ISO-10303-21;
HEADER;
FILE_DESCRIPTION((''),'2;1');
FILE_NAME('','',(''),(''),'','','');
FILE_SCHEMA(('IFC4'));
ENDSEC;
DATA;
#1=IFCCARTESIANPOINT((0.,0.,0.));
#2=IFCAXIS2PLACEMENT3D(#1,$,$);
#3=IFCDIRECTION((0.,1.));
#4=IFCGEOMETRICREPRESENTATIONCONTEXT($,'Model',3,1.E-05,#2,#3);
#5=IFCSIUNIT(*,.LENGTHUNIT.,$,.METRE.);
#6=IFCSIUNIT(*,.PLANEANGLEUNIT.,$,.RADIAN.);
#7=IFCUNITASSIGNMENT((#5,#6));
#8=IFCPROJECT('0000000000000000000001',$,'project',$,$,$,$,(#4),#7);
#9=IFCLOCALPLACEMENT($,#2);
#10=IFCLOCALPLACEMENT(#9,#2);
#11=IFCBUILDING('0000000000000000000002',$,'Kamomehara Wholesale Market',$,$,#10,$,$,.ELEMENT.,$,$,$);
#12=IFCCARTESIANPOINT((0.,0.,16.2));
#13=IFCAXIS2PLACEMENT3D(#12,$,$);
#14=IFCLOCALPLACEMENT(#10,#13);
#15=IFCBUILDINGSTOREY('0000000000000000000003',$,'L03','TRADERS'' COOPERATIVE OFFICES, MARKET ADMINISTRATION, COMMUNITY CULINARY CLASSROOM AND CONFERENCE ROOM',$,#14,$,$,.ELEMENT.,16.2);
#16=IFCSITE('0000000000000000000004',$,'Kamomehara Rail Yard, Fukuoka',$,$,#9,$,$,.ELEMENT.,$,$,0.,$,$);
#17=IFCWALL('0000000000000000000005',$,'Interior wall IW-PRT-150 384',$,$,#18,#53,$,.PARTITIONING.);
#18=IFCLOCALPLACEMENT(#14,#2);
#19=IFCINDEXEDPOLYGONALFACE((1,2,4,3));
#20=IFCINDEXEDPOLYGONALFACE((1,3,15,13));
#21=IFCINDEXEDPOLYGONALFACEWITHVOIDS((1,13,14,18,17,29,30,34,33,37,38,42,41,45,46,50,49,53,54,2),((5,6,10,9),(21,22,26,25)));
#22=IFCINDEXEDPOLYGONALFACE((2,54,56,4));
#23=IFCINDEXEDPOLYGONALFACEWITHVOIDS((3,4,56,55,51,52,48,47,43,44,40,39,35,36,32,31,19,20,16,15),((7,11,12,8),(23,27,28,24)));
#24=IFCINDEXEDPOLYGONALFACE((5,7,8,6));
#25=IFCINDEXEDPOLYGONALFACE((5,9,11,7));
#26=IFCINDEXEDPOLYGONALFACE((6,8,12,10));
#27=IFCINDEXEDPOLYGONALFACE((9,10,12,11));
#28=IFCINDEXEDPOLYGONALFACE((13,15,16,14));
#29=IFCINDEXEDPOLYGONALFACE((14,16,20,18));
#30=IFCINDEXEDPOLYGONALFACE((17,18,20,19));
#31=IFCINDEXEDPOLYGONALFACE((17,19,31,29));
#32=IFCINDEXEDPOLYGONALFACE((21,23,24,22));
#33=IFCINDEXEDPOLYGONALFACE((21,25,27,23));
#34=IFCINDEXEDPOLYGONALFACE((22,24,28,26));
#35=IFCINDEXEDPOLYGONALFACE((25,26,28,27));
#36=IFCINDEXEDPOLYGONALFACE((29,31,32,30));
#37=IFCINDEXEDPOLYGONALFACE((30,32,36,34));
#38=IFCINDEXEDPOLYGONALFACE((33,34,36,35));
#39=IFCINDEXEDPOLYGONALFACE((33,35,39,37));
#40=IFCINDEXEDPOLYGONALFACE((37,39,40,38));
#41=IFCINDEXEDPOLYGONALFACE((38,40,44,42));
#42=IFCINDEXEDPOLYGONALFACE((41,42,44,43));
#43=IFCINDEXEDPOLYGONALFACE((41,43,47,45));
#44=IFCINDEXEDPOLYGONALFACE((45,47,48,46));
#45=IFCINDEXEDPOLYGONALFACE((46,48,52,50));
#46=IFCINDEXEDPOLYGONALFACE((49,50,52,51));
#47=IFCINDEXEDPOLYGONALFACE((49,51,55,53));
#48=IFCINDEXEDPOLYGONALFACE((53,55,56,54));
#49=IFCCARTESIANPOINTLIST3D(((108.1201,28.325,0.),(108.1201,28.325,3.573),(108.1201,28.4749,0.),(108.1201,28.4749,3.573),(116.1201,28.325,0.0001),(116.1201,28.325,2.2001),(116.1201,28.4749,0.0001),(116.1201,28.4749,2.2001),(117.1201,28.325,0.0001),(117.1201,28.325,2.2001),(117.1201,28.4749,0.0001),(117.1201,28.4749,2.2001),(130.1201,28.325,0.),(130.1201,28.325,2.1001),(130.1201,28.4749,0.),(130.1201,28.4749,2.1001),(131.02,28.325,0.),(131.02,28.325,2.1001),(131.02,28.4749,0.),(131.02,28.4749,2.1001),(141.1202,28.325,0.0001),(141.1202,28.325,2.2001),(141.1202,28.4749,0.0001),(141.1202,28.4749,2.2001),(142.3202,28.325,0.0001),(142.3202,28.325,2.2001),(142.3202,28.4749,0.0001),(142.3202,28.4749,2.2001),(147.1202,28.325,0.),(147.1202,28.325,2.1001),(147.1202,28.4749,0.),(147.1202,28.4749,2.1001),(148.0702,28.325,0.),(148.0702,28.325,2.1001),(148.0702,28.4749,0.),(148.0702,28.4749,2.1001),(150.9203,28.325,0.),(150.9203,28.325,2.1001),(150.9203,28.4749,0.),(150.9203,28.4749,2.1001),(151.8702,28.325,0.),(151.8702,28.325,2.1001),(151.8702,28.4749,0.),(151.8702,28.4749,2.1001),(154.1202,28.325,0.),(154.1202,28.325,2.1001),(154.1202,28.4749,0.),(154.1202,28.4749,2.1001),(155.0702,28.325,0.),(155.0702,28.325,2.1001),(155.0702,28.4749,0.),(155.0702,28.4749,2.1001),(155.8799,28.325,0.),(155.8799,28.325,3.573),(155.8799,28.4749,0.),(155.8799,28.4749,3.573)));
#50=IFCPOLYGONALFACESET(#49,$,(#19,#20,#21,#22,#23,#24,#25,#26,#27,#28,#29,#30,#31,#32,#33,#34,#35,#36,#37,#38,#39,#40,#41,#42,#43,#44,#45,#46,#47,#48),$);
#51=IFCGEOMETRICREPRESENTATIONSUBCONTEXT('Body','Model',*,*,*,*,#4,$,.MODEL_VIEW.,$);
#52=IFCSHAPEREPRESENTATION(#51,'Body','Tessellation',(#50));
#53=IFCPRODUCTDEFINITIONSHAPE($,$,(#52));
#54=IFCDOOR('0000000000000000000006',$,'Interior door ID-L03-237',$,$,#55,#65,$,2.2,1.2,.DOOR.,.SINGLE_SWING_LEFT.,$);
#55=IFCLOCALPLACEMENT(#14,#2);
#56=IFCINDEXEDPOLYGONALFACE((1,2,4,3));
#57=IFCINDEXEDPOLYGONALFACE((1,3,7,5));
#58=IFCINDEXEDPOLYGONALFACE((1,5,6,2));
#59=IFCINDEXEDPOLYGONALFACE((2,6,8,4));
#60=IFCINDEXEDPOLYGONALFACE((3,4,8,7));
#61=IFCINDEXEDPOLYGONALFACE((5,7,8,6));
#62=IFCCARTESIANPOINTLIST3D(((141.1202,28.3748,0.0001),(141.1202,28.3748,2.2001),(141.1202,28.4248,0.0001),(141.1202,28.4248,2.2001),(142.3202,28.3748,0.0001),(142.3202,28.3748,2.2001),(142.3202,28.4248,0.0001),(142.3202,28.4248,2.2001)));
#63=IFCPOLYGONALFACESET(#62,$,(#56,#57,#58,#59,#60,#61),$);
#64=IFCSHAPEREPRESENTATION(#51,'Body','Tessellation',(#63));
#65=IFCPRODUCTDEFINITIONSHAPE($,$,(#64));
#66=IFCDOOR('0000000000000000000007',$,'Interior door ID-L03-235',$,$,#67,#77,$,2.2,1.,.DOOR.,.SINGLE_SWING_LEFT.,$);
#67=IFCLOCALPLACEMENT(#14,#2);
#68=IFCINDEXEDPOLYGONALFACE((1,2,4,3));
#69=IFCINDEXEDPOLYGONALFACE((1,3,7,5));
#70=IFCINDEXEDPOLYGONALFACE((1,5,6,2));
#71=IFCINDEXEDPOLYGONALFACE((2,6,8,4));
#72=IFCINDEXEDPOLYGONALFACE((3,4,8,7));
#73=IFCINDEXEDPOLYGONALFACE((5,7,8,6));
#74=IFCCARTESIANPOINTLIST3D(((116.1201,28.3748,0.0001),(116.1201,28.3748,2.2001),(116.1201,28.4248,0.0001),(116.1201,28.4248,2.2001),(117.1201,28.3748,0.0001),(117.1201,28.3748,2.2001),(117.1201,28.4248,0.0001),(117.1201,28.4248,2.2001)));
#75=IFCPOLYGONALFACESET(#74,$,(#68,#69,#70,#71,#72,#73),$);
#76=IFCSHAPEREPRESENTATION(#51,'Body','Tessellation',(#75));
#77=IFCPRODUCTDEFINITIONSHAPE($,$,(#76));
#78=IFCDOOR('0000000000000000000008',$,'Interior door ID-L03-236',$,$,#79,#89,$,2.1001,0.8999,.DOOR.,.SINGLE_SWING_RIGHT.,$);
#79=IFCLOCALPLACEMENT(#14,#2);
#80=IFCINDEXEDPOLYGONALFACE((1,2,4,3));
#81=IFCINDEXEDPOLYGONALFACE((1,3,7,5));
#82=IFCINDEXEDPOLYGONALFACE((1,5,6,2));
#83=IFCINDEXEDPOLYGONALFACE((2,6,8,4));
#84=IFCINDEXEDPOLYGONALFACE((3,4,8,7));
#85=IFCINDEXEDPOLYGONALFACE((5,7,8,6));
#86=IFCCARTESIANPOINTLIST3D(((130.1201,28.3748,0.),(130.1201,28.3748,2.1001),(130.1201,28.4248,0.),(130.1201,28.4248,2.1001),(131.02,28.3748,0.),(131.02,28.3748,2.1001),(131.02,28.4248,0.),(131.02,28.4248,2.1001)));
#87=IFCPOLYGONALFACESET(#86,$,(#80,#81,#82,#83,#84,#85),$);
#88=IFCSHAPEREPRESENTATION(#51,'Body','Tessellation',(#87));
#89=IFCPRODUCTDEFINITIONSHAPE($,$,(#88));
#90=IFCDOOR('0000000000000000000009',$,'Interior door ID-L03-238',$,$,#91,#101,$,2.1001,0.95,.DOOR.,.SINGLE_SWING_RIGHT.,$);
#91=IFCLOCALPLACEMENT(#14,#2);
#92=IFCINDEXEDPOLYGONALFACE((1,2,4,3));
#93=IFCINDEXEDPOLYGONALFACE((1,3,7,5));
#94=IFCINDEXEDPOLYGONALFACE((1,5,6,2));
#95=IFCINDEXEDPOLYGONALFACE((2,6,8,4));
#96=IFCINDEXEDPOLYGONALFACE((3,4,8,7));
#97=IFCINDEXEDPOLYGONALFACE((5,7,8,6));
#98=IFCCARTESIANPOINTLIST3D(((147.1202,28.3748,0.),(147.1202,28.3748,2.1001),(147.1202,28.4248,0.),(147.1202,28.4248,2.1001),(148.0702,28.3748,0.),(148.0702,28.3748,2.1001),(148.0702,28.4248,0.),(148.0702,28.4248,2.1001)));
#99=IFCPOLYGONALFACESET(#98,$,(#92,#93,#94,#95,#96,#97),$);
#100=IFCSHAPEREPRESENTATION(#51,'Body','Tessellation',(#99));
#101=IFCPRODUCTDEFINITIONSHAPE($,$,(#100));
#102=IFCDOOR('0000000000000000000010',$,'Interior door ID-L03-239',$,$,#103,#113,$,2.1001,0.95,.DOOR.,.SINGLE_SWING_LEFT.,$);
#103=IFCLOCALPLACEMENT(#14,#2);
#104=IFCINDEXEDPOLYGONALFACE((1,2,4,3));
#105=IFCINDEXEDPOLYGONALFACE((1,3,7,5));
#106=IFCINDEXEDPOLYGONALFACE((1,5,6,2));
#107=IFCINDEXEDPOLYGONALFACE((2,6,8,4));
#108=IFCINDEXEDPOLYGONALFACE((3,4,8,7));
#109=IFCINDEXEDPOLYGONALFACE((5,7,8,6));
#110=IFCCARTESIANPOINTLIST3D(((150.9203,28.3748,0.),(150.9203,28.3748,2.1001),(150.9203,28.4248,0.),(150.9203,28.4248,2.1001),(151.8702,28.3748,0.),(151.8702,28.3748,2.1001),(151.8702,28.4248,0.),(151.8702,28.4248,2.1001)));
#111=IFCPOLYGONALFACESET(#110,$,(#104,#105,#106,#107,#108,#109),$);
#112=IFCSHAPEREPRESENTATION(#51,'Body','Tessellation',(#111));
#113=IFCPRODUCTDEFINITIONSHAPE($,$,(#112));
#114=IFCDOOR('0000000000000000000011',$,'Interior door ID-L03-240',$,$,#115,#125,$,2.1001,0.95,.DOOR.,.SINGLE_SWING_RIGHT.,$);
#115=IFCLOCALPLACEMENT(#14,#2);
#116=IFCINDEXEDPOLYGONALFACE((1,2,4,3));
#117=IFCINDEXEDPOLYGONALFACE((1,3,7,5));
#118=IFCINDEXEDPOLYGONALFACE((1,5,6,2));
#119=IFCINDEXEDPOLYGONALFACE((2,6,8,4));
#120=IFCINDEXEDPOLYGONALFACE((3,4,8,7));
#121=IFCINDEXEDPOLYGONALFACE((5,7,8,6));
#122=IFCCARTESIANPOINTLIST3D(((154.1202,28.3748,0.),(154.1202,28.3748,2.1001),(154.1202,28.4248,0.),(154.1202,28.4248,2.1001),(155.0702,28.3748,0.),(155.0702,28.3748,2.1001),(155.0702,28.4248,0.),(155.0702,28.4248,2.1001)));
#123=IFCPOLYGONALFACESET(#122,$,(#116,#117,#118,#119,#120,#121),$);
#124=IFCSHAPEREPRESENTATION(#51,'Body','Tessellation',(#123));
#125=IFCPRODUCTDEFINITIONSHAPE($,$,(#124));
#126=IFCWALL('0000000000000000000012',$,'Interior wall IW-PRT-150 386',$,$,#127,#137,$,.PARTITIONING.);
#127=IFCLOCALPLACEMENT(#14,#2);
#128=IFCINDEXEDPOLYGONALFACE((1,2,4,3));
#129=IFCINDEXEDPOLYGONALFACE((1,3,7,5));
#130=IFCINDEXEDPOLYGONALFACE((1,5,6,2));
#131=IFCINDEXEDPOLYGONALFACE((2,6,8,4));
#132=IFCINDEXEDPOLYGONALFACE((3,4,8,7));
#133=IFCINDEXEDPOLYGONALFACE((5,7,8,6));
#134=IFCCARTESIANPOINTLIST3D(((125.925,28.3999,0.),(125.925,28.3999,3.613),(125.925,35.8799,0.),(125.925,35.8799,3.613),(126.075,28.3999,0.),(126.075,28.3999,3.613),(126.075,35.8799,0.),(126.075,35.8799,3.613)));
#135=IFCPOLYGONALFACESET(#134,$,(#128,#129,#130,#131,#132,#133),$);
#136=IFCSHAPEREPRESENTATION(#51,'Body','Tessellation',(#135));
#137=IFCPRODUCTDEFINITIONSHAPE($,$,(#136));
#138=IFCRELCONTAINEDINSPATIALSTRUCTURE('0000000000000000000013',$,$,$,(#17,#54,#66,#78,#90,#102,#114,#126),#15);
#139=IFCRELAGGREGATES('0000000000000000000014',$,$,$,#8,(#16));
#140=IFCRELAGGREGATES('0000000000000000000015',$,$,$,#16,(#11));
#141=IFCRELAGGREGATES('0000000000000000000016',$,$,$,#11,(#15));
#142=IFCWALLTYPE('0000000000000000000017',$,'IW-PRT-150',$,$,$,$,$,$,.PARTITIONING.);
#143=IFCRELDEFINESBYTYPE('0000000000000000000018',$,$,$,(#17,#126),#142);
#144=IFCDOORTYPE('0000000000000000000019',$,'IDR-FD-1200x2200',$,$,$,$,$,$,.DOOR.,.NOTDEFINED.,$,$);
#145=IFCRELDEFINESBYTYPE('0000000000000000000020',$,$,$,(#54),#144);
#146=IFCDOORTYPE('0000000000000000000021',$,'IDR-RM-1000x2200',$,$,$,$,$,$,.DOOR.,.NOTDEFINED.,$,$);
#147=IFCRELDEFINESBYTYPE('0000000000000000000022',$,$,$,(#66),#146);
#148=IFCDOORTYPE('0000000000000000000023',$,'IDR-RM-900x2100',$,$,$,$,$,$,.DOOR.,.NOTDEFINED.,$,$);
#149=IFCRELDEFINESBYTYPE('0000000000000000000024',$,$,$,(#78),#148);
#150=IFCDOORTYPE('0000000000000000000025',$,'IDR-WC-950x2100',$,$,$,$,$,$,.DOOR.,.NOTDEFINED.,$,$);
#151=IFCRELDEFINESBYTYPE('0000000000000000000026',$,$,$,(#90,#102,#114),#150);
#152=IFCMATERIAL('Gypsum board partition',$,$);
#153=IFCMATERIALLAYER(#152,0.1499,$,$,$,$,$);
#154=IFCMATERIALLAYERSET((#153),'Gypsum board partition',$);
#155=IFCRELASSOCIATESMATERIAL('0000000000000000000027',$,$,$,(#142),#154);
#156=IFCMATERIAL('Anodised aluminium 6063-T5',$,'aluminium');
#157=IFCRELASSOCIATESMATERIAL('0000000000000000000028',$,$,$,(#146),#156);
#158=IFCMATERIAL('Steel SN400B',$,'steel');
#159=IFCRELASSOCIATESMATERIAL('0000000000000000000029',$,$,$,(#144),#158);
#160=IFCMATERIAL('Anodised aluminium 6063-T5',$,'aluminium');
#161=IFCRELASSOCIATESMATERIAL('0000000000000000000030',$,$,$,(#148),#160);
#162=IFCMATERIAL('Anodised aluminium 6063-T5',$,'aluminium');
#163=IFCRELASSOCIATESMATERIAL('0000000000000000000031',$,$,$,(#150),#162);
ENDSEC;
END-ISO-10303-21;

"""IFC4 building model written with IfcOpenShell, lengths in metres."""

from ifc_helpers import new_model, si_unit, direction, frame, frame_2d, origin, place, context, subcontext, project, spatial, rectangle, extrude, material, layer, layer_set, type_object, element, fill, save


model = new_model("IFC4")

# Units and contexts
model_context = context("Model", 3, precision=1e-05, world=origin(), true_north=direction((0.0, 1.0)))
body_context = subcontext(model_context, "Body", "Model", "MODEL_VIEW")
ifc_project = project(units=[si_unit("LENGTHUNIT", "METRE"), si_unit("PLANEANGLEUNIT", "RADIAN")], contexts=[model_context])

# Site, building, storey
site_placement = place(None, origin())
site = spatial("IfcSite", under=ifc_project, at=site_placement, Name="Kamomehara Rail Yard, Fukuoka", CompositionType="ELEMENT", RefElevation=0.0)
building_placement = place(site_placement, origin())
building = spatial("IfcBuilding", under=site, at=building_placement, Name="Kamomehara Wholesale Market", CompositionType="ELEMENT")
storey_placement = place(building_placement, frame((0.0, 0.0, 16.2)))
storey = spatial("IfcBuildingStorey", under=building, at=storey_placement, Name="L03", Description="TRADERS' COOPERATIVE OFFICES, MARKET ADMINISTRATION, COMMUNITY CULINARY CLASSROOM AND CONFERENCE ROOM", CompositionType="ELEMENT", Elevation=16.2)

# Wall, openings, doors
ifc_material_1 = material(Name="Gypsum board partition")
ifc_layer_1 = layer(ifc_material_1, 0.1499)
ifc_layer_set_1 = layer_set([ifc_layer_1], Name="Gypsum board partition")
wall_type_1 = type_object("IfcWallType", Name="IW-PRT-150", PredefinedType="PARTITIONING", material=ifc_layer_set_1)
ifc_material_2 = material(Name="Anodised aluminium 6063-T5", Category="aluminium")
door_type_1 = type_object("IfcDoorType", Name="IDR-RM-1000x2200", OperationType="NOTDEFINED", PredefinedType="DOOR", material=ifc_material_2)
wall_1_placement = place(storey_placement, frame((108.1201, 28.3999, 0.0), z_axis=(0.0, 0.0, 1.0), x_axis=(1.0, 0.0, 0.0)))
wall_1 = element("IfcWall", 1, at=wall_1_placement, inside=storey, type_object=wall_type_1, Name="Interior wall IW-PRT-150 384", PredefinedType="PARTITIONING", context=body_context, shape_type="SweptSolid", body=[
    extrude(rectangle(XDim=47.7598, YDim=0.1499, at=frame_2d((23.8799, 0.0))), origin(), (0.0, 0.0, 1.0), 3.573),
])
opening_1_placement = place(wall_1_placement, frame((8.0, 0.0, 0.0)))
opening_1 = element("IfcOpeningElement", 2, at=opening_1_placement, cuts=wall_1, PredefinedType="OPENING", context=body_context, shape_type="SweptSolid", body=[
    extrude(rectangle(XDim=1.0, YDim=2.2, at=frame_2d((0.5, 1.1001))), frame((0.0, 0.0898, 0.0), z_axis=(0.0, -1.0, 0.0), x_axis=(1.0, 0.0, 0.0)), (0.0, 0.0, 1.0), 0.1797),
])
opening_2_placement = place(wall_1_placement, frame((22.0, 0.0, 0.0)))
opening_2 = element("IfcOpeningElement", 3, at=opening_2_placement, cuts=wall_1, PredefinedType="OPENING", context=body_context, shape_type="SweptSolid", body=[
    extrude(rectangle(XDim=0.8999, YDim=2.1001, at=frame_2d((0.45, 1.05))), frame((0.0, 0.0898, 0.0), z_axis=(0.0, -1.0, 0.0), x_axis=(1.0, 0.0, 0.0)), (0.0, 0.0, 1.0), 0.1797),
])
opening_3_placement = place(wall_1_placement, frame((33.0, 0.0, 0.0)))
opening_3 = element("IfcOpeningElement", 4, at=opening_3_placement, cuts=wall_1, PredefinedType="OPENING", context=body_context, shape_type="SweptSolid", body=[
    extrude(rectangle(XDim=1.2, YDim=2.2, at=frame_2d((0.6001, 1.1001))), frame((0.0, 0.0898, 0.0), z_axis=(0.0, -1.0, 0.0), x_axis=(1.0, 0.0, 0.0)), (0.0, 0.0, 1.0), 0.1797),
])
opening_4_placement = place(wall_1_placement, frame((39.0, 0.0, 0.0)))
opening_4 = element("IfcOpeningElement", 5, at=opening_4_placement, cuts=wall_1, PredefinedType="OPENING", context=body_context, shape_type="SweptSolid", body=[
    extrude(rectangle(XDim=0.95, YDim=2.1001, at=frame_2d((0.4751, 1.05))), frame((0.0, 0.0898, 0.0), z_axis=(0.0, -1.0, 0.0), x_axis=(1.0, 0.0, 0.0)), (0.0, 0.0, 1.0), 0.1797),
])
opening_5_placement = place(wall_1_placement, frame((42.8, 0.0, 0.0)))
opening_5 = element("IfcOpeningElement", 6, at=opening_5_placement, cuts=wall_1, PredefinedType="OPENING", context=body_context, shape_type="SweptSolid", body=[
    extrude(rectangle(XDim=0.95, YDim=2.1001, at=frame_2d((0.4751, 1.05))), frame((0.0, 0.0898, 0.0), z_axis=(0.0, -1.0, 0.0), x_axis=(1.0, 0.0, 0.0)), (0.0, 0.0, 1.0), 0.1797),
])
opening_6_placement = place(wall_1_placement, frame((46.0, 0.0, 0.0)))
opening_6 = element("IfcOpeningElement", 7, at=opening_6_placement, cuts=wall_1, PredefinedType="OPENING", context=body_context, shape_type="SweptSolid", body=[
    extrude(rectangle(XDim=0.95, YDim=2.1001, at=frame_2d((0.4751, 1.05))), frame((0.0, 0.0898, 0.0), z_axis=(0.0, -1.0, 0.0), x_axis=(1.0, 0.0, 0.0)), (0.0, 0.0, 1.0), 0.1797),
])
ifc_material_3 = material(Name="Steel SN400B", Category="steel")
door_type_2 = type_object("IfcDoorType", Name="IDR-FD-1200x2200", OperationType="NOTDEFINED", PredefinedType="DOOR", material=ifc_material_3)
door_1_placement = place(opening_3_placement, origin())
door_1 = element("IfcDoor", 8, at=door_1_placement, inside=storey, type_object=door_type_2, Name="Interior door ID-L03-237", OperationType="SINGLE_SWING_LEFT", OverallHeight=2.2, OverallWidth=1.2, PredefinedType="DOOR", context=body_context, shape_type="SweptSolid", body=[
    extrude(rectangle(XDim=1.2, YDim=2.2, at=frame_2d((0.6001, 1.1001))), frame((0.0, 0.0249, 0.0), z_axis=(0.0, -1.0, 0.0), x_axis=(1.0, 0.0, 0.0)), (0.0, 0.0, 1.0), 0.05),
])
fill(opening_3, door_1)
door_2_placement = place(opening_1_placement, origin())
door_2 = element("IfcDoor", 9, at=door_2_placement, inside=storey, type_object=door_type_1, Name="Interior door ID-L03-235", OperationType="SINGLE_SWING_LEFT", OverallHeight=2.2, OverallWidth=1.0, PredefinedType="DOOR", context=body_context, shape_type="SweptSolid", body=[
    extrude(rectangle(XDim=1.0, YDim=2.2, at=frame_2d((0.5, 1.1001))), frame((0.0, 0.0249, 0.0), z_axis=(0.0, -1.0, 0.0), x_axis=(1.0, 0.0, 0.0)), (0.0, 0.0, 1.0), 0.05),
])
fill(opening_1, door_2)
ifc_material_4 = material(Name="Anodised aluminium 6063-T5", Category="aluminium")
door_type_3 = type_object("IfcDoorType", Name="IDR-RM-900x2100", OperationType="NOTDEFINED", PredefinedType="DOOR", material=ifc_material_4)
door_3_placement = place(opening_2_placement, origin())
door_3 = element("IfcDoor", 10, at=door_3_placement, inside=storey, type_object=door_type_3, Name="Interior door ID-L03-236", OperationType="SINGLE_SWING_RIGHT", OverallHeight=2.1001, OverallWidth=0.8999, PredefinedType="DOOR", context=body_context, shape_type="SweptSolid", body=[
    extrude(rectangle(XDim=0.8999, YDim=2.1001, at=frame_2d((0.45, 1.05))), frame((0.0, 0.0249, 0.0), z_axis=(0.0, -1.0, 0.0), x_axis=(1.0, 0.0, 0.0)), (0.0, 0.0, 1.0), 0.05),
])
fill(opening_2, door_3)
ifc_material_5 = material(Name="Anodised aluminium 6063-T5", Category="aluminium")
door_type_4 = type_object("IfcDoorType", Name="IDR-WC-950x2100", OperationType="NOTDEFINED", PredefinedType="DOOR", material=ifc_material_5)
door_4_placement = place(opening_4_placement, origin())
door_4 = element("IfcDoor", 11, at=door_4_placement, inside=storey, type_object=door_type_4, Name="Interior door ID-L03-238", OperationType="SINGLE_SWING_RIGHT", OverallHeight=2.1001, OverallWidth=0.95, PredefinedType="DOOR", context=body_context, shape_type="SweptSolid", body=[
    extrude(rectangle(XDim=0.95, YDim=2.1001, at=frame_2d((0.4751, 1.05))), frame((0.0, 0.0249, 0.0), z_axis=(0.0, -1.0, 0.0), x_axis=(1.0, 0.0, 0.0)), (0.0, 0.0, 1.0), 0.05),
])
fill(opening_4, door_4)
door_5_placement = place(opening_5_placement, origin())
door_5 = element("IfcDoor", 12, at=door_5_placement, inside=storey, type_object=door_type_4, Name="Interior door ID-L03-239", OperationType="SINGLE_SWING_LEFT", OverallHeight=2.1001, OverallWidth=0.95, PredefinedType="DOOR", context=body_context, shape_type="SweptSolid", body=[
    extrude(rectangle(XDim=0.95, YDim=2.1001, at=frame_2d((0.4751, 1.05))), frame((0.0, 0.0249, 0.0), z_axis=(0.0, -1.0, 0.0), x_axis=(1.0, 0.0, 0.0)), (0.0, 0.0, 1.0), 0.05),
])
fill(opening_5, door_5)
door_6_placement = place(opening_6_placement, origin())
door_6 = element("IfcDoor", 13, at=door_6_placement, inside=storey, type_object=door_type_4, Name="Interior door ID-L03-240", OperationType="SINGLE_SWING_RIGHT", OverallHeight=2.1001, OverallWidth=0.95, PredefinedType="DOOR", context=body_context, shape_type="SweptSolid", body=[
    extrude(rectangle(XDim=0.95, YDim=2.1001, at=frame_2d((0.4751, 1.05))), frame((0.0, 0.0249, 0.0), z_axis=(0.0, -1.0, 0.0), x_axis=(1.0, 0.0, 0.0)), (0.0, 0.0, 1.0), 0.05),
])
fill(opening_6, door_6)

# Wall
wall_2_placement = place(storey_placement, frame((126.0, 28.3999, 0.0), z_axis=(0.0, 0.0, 1.0), x_axis=(0.0, 1.0, 0.0)))
element("IfcWall", 14, at=wall_2_placement, inside=storey, type_object=wall_type_1, Name="Interior wall IW-PRT-150 386", PredefinedType="PARTITIONING", context=body_context, shape_type="SweptSolid", body=[
    extrude(rectangle(XDim=7.48, YDim=0.1499, at=frame_2d((3.74, 0.0))), origin(), (0.0, 0.0, 1.0), 3.613),
])

save(model, "model.ifc")
